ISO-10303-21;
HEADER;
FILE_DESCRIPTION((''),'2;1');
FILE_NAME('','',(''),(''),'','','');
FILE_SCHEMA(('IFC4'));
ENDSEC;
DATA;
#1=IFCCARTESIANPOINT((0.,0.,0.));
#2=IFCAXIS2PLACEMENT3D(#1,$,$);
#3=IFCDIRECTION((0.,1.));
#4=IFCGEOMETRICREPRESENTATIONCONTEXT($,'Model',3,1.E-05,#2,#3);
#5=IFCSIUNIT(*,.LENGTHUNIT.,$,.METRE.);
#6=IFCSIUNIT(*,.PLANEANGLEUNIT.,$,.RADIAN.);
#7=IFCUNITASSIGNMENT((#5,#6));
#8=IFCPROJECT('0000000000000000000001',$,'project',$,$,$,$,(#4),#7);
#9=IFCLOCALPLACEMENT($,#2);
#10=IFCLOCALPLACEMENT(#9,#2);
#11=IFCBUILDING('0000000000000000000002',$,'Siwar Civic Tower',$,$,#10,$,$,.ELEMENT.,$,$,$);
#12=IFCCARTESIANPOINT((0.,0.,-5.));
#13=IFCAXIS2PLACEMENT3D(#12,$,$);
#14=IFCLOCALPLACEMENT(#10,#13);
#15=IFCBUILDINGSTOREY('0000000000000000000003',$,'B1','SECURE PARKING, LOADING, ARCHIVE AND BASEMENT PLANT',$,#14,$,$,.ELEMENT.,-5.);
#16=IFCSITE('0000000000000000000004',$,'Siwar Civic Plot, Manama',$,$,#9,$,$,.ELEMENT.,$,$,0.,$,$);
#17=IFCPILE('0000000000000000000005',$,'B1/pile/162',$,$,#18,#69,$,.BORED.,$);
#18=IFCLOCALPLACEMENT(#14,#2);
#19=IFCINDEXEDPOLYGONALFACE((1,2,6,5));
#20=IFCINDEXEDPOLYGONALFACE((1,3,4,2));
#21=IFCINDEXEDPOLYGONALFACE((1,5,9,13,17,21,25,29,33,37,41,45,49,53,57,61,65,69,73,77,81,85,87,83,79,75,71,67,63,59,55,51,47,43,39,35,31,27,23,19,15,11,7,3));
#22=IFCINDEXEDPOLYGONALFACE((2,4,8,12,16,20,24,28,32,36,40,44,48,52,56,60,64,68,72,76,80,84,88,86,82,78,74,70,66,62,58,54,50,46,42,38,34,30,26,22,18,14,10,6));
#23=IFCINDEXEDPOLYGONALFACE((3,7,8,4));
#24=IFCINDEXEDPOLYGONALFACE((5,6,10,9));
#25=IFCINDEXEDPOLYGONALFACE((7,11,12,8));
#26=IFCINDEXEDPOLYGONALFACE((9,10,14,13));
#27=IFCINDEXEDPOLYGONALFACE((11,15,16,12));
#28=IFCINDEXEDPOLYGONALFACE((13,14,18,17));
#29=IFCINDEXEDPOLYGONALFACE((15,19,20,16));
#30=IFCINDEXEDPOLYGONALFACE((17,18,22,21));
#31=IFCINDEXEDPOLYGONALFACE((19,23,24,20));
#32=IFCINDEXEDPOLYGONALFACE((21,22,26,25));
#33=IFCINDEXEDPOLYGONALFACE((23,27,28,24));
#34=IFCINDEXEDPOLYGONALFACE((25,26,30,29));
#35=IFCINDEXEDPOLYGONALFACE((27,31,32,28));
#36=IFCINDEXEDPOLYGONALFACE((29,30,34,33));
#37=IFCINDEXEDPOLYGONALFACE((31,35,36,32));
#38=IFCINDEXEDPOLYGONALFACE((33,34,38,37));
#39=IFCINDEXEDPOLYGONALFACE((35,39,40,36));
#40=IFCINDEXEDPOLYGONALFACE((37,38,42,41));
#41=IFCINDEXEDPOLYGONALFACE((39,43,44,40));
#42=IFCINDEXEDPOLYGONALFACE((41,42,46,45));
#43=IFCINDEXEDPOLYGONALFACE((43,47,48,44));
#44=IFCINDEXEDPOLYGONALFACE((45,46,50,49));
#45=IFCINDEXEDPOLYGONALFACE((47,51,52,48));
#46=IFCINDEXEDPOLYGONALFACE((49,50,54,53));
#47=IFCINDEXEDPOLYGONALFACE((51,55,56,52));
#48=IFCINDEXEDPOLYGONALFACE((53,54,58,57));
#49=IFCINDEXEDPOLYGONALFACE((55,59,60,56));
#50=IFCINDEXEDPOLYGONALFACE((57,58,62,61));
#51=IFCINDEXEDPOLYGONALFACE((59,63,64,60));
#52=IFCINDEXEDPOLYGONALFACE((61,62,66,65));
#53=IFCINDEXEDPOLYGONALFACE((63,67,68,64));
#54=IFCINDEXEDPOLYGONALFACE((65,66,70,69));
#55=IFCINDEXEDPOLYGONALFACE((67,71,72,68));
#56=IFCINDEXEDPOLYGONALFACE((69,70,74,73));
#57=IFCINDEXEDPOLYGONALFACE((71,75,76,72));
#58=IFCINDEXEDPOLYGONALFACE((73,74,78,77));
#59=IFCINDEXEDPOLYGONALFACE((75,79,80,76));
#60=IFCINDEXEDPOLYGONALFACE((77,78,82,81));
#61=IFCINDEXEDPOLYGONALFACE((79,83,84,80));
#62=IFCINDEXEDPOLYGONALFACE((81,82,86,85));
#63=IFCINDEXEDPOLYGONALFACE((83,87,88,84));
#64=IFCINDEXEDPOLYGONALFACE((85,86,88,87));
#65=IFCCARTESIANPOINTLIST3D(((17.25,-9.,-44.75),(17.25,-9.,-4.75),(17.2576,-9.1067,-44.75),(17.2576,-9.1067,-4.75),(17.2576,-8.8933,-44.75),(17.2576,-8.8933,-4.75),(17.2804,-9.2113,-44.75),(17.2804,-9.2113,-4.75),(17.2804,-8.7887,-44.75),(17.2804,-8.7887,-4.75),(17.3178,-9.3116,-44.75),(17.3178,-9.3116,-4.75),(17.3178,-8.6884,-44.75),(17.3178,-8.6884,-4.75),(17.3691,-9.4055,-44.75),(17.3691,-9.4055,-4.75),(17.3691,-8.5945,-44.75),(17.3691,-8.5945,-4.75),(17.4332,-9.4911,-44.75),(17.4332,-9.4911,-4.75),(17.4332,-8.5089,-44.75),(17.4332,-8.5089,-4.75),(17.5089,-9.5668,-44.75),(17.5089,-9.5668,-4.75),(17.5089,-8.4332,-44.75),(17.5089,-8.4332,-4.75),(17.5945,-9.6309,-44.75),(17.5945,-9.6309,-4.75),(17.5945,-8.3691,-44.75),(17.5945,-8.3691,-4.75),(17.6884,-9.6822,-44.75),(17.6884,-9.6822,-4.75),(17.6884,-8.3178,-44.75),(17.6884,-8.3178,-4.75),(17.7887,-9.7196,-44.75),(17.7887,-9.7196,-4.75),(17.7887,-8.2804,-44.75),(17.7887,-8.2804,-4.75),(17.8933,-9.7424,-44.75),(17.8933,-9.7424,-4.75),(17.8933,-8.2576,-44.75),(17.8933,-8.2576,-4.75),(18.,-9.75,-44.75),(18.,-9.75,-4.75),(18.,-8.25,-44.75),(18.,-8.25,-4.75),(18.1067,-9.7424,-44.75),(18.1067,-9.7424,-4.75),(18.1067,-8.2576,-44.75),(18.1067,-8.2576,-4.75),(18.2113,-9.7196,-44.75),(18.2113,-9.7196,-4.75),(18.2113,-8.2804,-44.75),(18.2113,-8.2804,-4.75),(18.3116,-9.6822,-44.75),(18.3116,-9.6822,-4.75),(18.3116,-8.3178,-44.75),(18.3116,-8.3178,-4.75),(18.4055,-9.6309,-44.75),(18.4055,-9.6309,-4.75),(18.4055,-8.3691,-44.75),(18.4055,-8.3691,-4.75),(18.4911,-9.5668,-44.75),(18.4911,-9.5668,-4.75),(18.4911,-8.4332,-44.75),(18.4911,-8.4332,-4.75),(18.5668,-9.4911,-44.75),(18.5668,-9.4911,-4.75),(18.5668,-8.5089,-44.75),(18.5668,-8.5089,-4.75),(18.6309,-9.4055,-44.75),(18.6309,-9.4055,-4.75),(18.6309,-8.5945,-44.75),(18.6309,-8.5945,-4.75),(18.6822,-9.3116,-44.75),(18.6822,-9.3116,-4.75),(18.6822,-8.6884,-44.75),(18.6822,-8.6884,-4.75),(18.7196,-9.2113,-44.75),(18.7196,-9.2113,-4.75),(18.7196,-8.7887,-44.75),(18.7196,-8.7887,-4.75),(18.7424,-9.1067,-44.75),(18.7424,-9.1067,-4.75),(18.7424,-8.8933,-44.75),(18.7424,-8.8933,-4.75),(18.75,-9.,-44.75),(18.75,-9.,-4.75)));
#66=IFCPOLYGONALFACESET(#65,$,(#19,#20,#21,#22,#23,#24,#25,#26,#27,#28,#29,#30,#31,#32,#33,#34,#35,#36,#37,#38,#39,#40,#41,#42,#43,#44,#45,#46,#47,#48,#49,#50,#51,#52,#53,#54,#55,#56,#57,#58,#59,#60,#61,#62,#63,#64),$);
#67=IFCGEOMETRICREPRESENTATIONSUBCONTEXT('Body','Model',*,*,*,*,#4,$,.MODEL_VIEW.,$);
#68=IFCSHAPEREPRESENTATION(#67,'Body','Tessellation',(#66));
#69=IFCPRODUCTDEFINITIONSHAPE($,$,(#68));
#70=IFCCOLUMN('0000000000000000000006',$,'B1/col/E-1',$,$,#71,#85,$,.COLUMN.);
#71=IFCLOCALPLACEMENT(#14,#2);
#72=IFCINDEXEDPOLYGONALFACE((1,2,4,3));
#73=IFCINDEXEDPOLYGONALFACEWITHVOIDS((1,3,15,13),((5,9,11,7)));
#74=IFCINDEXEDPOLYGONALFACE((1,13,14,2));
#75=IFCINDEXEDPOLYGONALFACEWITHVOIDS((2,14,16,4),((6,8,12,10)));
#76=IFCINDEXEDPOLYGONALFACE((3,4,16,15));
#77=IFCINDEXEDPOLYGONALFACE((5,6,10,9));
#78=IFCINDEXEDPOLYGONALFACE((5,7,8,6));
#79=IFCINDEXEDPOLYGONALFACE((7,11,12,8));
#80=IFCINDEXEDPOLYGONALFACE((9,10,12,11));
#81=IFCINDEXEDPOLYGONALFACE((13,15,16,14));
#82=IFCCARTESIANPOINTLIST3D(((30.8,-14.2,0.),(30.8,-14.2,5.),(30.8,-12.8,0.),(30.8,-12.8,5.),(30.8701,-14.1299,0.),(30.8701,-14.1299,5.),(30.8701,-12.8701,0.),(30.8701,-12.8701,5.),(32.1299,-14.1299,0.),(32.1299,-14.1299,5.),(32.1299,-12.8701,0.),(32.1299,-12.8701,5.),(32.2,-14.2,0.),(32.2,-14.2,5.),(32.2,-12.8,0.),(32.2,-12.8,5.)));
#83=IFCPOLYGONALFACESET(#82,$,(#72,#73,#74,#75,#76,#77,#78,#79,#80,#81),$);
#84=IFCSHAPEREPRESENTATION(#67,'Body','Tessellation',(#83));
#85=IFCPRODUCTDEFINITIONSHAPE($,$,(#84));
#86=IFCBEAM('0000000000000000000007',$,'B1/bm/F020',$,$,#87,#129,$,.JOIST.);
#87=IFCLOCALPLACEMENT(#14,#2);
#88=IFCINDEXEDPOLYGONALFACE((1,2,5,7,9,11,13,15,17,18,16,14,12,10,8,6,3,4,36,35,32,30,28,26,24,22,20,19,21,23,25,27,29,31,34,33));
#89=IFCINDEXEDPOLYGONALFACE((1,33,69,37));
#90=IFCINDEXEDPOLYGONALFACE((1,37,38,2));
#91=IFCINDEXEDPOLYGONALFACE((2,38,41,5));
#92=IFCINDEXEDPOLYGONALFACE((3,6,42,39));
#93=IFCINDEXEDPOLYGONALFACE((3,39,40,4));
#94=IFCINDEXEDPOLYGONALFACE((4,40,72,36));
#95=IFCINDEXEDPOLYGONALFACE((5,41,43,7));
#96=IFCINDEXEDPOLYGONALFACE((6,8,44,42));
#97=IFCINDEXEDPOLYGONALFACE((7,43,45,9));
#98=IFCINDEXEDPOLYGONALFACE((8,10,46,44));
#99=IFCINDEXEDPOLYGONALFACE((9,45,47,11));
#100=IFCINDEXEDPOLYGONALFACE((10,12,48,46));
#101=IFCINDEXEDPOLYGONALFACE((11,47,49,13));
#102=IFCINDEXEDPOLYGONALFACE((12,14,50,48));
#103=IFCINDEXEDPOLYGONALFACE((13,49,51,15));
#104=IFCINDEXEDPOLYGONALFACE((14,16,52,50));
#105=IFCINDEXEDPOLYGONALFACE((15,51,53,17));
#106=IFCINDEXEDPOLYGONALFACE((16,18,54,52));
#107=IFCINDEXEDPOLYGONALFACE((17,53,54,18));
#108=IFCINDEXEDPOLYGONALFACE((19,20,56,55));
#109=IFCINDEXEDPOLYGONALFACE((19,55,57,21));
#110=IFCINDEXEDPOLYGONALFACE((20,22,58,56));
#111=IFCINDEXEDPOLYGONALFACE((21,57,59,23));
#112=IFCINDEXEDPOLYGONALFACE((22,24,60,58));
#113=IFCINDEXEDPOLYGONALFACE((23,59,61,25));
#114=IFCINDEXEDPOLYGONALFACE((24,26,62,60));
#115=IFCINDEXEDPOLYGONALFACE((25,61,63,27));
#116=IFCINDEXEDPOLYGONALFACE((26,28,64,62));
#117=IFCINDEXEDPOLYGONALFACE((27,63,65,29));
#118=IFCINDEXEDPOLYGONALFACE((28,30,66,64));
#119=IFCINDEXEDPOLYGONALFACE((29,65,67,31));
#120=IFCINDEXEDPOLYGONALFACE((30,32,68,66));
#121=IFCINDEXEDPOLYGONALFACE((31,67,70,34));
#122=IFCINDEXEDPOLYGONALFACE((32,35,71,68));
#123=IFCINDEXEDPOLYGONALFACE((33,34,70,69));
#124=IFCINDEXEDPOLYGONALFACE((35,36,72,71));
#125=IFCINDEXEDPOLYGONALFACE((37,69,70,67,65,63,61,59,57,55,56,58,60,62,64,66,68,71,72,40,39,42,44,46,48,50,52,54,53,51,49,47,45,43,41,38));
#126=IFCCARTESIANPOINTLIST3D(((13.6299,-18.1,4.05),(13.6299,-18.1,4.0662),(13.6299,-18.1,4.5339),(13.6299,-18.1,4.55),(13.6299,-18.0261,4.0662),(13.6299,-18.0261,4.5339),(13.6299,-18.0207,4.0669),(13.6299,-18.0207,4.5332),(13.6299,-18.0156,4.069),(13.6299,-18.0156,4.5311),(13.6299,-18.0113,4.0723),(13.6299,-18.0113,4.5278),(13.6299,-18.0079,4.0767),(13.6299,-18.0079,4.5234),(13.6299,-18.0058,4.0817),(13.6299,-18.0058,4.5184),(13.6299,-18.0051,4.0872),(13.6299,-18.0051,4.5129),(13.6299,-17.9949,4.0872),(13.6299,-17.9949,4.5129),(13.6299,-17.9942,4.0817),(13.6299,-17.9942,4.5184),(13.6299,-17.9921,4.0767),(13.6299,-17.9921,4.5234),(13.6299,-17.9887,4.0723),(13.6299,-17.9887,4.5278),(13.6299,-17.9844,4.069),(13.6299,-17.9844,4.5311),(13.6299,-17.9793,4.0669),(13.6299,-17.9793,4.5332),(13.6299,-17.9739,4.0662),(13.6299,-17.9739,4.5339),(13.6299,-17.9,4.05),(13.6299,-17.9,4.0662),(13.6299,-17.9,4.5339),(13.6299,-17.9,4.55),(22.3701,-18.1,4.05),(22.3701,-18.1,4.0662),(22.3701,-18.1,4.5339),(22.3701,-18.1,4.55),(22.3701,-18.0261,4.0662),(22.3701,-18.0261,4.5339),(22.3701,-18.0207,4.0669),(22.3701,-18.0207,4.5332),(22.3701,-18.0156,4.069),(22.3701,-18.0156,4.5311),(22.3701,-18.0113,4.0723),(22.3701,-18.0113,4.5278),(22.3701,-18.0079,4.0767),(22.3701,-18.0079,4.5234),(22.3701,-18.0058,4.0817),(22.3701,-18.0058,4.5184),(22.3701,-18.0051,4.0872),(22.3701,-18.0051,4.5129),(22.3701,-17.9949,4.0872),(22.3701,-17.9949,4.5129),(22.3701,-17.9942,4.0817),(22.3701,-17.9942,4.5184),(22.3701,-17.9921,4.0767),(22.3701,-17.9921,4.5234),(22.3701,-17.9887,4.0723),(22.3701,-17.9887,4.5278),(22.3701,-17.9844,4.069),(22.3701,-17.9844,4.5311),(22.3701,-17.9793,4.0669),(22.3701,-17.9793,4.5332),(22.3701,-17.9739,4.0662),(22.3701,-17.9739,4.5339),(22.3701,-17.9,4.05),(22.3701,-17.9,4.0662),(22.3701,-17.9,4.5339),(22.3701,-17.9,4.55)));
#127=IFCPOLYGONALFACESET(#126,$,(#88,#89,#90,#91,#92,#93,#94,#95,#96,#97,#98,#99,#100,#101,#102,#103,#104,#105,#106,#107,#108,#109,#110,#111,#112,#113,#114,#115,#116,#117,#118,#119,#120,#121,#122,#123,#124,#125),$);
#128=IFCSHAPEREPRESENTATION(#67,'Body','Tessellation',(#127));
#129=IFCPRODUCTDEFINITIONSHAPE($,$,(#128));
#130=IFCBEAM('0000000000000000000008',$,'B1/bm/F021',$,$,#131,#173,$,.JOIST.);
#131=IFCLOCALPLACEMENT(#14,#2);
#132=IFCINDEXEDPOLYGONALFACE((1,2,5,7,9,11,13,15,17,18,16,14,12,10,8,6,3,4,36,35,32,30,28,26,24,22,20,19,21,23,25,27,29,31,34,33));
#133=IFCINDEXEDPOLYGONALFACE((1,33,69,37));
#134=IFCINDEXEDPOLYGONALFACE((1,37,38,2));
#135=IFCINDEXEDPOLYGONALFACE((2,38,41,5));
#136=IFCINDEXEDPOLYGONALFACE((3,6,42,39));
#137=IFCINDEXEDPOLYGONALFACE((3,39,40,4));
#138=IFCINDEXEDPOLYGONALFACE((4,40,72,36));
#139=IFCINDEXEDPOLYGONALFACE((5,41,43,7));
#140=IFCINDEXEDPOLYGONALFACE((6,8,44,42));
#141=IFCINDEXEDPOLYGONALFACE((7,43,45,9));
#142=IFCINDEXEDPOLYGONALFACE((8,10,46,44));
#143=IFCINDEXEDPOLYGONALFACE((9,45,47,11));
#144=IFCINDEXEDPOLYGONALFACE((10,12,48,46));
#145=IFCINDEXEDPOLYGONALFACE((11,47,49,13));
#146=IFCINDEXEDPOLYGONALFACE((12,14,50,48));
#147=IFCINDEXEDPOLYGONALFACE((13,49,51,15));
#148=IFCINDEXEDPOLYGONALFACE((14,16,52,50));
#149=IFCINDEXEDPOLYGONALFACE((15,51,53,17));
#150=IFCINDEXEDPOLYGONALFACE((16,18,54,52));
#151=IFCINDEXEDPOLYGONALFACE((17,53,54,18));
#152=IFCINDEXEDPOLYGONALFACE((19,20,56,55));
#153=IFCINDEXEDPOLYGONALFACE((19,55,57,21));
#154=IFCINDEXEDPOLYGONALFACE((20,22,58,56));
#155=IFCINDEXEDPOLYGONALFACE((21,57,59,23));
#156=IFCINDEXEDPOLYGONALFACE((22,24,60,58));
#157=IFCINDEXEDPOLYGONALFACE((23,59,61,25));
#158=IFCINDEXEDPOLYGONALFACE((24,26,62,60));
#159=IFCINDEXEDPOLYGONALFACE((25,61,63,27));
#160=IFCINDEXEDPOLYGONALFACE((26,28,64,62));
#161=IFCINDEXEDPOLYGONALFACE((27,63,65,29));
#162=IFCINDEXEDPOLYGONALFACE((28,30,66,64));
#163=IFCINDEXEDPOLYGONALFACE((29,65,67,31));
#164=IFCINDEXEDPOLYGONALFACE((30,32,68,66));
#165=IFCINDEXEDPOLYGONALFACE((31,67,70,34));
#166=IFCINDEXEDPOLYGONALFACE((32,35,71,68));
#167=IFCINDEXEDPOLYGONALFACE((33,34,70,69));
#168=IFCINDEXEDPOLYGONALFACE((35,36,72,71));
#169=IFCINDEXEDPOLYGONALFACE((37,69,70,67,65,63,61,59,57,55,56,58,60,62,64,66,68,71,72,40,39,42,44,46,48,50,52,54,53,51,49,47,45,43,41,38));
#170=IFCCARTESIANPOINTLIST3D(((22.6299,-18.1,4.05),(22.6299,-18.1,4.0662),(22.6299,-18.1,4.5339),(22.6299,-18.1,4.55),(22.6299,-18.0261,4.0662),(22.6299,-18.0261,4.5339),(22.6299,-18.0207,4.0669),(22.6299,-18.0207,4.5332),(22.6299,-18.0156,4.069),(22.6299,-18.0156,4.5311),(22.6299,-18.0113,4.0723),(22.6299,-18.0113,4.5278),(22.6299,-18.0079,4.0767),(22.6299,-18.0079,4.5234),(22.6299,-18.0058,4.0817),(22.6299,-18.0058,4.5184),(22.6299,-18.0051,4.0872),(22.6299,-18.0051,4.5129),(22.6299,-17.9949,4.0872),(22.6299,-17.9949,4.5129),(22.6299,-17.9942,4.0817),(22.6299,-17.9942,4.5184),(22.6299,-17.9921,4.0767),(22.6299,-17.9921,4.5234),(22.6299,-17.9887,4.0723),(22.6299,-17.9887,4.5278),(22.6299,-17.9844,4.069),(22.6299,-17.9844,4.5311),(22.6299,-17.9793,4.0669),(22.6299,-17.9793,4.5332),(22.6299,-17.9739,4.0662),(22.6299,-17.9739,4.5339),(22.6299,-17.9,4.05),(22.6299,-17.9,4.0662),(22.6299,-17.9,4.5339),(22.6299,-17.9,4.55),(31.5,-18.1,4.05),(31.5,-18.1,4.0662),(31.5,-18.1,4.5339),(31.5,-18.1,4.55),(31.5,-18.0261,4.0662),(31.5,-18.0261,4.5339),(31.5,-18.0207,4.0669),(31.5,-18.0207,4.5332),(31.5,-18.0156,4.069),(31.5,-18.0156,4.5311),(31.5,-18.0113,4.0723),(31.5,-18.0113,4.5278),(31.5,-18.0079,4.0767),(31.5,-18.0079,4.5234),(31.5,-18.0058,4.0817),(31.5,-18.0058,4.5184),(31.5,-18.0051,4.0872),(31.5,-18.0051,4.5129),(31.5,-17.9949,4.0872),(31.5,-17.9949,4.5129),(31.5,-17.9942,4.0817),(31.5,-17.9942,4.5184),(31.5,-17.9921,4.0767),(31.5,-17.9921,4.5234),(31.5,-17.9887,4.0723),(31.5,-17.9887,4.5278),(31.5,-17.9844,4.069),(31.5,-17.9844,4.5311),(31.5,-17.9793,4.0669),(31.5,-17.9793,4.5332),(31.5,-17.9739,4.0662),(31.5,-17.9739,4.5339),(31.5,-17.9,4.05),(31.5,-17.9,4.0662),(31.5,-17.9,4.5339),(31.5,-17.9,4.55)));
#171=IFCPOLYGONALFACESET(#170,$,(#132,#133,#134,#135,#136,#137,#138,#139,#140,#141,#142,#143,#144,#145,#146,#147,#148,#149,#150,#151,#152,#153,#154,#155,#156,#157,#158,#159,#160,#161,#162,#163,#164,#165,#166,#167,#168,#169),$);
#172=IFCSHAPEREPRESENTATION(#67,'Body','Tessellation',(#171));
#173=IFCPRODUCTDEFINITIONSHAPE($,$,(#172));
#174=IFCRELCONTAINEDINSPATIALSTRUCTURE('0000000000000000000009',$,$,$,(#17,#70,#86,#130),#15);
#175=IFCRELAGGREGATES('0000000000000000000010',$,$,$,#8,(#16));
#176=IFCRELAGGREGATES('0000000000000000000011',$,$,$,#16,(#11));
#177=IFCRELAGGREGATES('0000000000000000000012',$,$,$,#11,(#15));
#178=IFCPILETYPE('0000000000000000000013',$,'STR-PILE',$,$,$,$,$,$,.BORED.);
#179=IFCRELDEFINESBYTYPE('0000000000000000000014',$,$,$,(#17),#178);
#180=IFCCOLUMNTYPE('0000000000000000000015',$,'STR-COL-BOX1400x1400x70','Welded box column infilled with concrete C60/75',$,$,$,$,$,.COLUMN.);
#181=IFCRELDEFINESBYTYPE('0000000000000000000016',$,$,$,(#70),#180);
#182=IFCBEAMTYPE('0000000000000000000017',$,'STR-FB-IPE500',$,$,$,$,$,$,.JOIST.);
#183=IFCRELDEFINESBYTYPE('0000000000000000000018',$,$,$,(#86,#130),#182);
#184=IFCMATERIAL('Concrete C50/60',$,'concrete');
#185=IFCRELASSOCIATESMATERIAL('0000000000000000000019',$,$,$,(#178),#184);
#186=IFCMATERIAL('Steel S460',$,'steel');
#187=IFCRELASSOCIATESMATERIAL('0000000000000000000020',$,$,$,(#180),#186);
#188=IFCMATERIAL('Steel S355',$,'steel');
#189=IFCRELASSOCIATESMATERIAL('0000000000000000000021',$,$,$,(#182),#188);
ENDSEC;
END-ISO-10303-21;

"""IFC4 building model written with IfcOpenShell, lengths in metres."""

from ifc_helpers import new_model, si_unit, direction, frame, origin, origin_2d, place, context, subcontext, project, spatial, hollow_rectangle, circle, i_section, extrude, material, material_profile, profile_set, type_object, element, save


model = new_model("IFC4")

# Units and contexts
model_context = context("Model", 3, precision=1e-05, world=origin(), true_north=direction((0.0, 1.0)))
body_context = subcontext(model_context, "Body", "Model", "MODEL_VIEW")
ifc_project = project(units=[si_unit("LENGTHUNIT", "METRE"), si_unit("PLANEANGLEUNIT", "RADIAN")], contexts=[model_context])

# Site, building, storey
site_placement = place(None, origin())
site = spatial("IfcSite", under=ifc_project, at=site_placement, Name="Siwar Civic Plot, Manama", CompositionType="ELEMENT", RefElevation=0.0)
building_placement = place(site_placement, origin())
building = spatial("IfcBuilding", under=site, at=building_placement, Name="Siwar Civic Tower", CompositionType="ELEMENT")
storey_placement = place(building_placement, frame((0.0, 0.0, -5.0)))
storey = spatial("IfcBuildingStorey", under=building, at=storey_placement, Name="B1", Description="SECURE PARKING, LOADING, ARCHIVE AND BASEMENT PLANT", CompositionType="ELEMENT", Elevation=-5.0)

# Pile
ifc_material_1 = material(Name="Concrete C50/60", Category="concrete")
ifc_material_profile_1 = material_profile(ifc_material_1, circle(Radius=0.75, at=origin_2d()), Name="PILE1500")
ifc_profile_set_1 = profile_set([ifc_material_profile_1], Name="Concrete C50/60")
pile_type = type_object("IfcPileType", Name="STR-PILE", PredefinedType="BORED", material=ifc_profile_set_1)
for number, where, z_axis, x_axis, name in (
    (1, (18.0, -9.0, -4.75), (0.0, 0.0, -1.0), (1.0, 0.0, 0.0), "B1/pile/162"),
):
    element("IfcPile", number, at=place(storey_placement, frame(where, z_axis=z_axis, x_axis=x_axis)), inside=storey, type_object=pile_type, Name=name, PredefinedType="BORED", context=body_context, shape_type="SweptSolid", body=[
        extrude(circle(Radius=0.75, at=origin_2d()), origin(), (0.0, 0.0, 1.0), 40.0),
    ])

# Column
ifc_material_2 = material(Name="Steel S460", Category="steel")
ifc_material_profile_2 = material_profile(ifc_material_2, hollow_rectangle(XDim=1.3999, YDim=1.3999, WallThickness=0.0701, at=origin_2d()), Name="BOX1400x1400x70")
ifc_profile_set_2 = profile_set([ifc_material_profile_2], Name="Steel S460")
column_type = type_object("IfcColumnType", Name="STR-COL-BOX1400x1400x70", Description="Welded box column infilled with concrete C60/75", PredefinedType="COLUMN", material=ifc_profile_set_2)
column_placement = place(storey_placement, frame((31.5, -13.5, 0.0), z_axis=(0.0, 0.0, 1.0), x_axis=(1.0, 0.0, 0.0)))
element("IfcColumn", 2, at=column_placement, inside=storey, type_object=column_type, Name="B1/col/E-1", PredefinedType="COLUMN", context=body_context, shape_type="SweptSolid", body=[
    extrude(hollow_rectangle(XDim=1.3999, YDim=1.3999, WallThickness=0.0701, at=origin_2d()), origin(), (0.0, 0.0, 1.0), 5.0),
])

# Beams
ifc_material_3 = material(Name="Steel S355", Category="steel")
ifc_material_profile_3 = material_profile(ifc_material_3, i_section(OverallWidth=0.2, OverallDepth=0.5, WebThickness=0.0103, FlangeThickness=0.0161, FilletRadius=0.021, at=origin_2d()), Name="IPE500")
ifc_profile_set_3 = profile_set([ifc_material_profile_3], Name="Steel S355")
beam_type_1 = type_object("IfcBeamType", Name="STR-FB-IPE500", PredefinedType="JOIST", material=ifc_profile_set_3)
beam_1_placement = place(storey_placement, frame((13.6299, -18.0, 4.3), z_axis=(1.0, 0.0, 0.0), x_axis=(0.0, 1.0, 0.0)))
element("IfcBeam", 3, at=beam_1_placement, inside=storey, type_object=beam_type_1, Name="B1/bm/F020", PredefinedType="JOIST", context=body_context, shape_type="SweptSolid", body=[
    extrude(i_section(OverallWidth=0.2, OverallDepth=0.5, WebThickness=0.0103, FlangeThickness=0.0161, FilletRadius=0.021, at=origin_2d()), origin(), (0.0, 0.0, 1.0), 8.7402),
])
beam_2_placement = place(storey_placement, frame((22.6299, -18.0, 4.3), z_axis=(1.0, 0.0, 0.0), x_axis=(0.0, 1.0, 0.0)))
element("IfcBeam", 4, at=beam_2_placement, inside=storey, type_object=beam_type_1, Name="B1/bm/F021", PredefinedType="JOIST", context=body_context, shape_type="SweptSolid", body=[
    extrude(i_section(OverallWidth=0.2, OverallDepth=0.5, WebThickness=0.0103, FlangeThickness=0.0161, FilletRadius=0.021, at=origin_2d()), origin(), (0.0, 0.0, 1.0), 8.8701),
])

save(model, "model.ifc")
